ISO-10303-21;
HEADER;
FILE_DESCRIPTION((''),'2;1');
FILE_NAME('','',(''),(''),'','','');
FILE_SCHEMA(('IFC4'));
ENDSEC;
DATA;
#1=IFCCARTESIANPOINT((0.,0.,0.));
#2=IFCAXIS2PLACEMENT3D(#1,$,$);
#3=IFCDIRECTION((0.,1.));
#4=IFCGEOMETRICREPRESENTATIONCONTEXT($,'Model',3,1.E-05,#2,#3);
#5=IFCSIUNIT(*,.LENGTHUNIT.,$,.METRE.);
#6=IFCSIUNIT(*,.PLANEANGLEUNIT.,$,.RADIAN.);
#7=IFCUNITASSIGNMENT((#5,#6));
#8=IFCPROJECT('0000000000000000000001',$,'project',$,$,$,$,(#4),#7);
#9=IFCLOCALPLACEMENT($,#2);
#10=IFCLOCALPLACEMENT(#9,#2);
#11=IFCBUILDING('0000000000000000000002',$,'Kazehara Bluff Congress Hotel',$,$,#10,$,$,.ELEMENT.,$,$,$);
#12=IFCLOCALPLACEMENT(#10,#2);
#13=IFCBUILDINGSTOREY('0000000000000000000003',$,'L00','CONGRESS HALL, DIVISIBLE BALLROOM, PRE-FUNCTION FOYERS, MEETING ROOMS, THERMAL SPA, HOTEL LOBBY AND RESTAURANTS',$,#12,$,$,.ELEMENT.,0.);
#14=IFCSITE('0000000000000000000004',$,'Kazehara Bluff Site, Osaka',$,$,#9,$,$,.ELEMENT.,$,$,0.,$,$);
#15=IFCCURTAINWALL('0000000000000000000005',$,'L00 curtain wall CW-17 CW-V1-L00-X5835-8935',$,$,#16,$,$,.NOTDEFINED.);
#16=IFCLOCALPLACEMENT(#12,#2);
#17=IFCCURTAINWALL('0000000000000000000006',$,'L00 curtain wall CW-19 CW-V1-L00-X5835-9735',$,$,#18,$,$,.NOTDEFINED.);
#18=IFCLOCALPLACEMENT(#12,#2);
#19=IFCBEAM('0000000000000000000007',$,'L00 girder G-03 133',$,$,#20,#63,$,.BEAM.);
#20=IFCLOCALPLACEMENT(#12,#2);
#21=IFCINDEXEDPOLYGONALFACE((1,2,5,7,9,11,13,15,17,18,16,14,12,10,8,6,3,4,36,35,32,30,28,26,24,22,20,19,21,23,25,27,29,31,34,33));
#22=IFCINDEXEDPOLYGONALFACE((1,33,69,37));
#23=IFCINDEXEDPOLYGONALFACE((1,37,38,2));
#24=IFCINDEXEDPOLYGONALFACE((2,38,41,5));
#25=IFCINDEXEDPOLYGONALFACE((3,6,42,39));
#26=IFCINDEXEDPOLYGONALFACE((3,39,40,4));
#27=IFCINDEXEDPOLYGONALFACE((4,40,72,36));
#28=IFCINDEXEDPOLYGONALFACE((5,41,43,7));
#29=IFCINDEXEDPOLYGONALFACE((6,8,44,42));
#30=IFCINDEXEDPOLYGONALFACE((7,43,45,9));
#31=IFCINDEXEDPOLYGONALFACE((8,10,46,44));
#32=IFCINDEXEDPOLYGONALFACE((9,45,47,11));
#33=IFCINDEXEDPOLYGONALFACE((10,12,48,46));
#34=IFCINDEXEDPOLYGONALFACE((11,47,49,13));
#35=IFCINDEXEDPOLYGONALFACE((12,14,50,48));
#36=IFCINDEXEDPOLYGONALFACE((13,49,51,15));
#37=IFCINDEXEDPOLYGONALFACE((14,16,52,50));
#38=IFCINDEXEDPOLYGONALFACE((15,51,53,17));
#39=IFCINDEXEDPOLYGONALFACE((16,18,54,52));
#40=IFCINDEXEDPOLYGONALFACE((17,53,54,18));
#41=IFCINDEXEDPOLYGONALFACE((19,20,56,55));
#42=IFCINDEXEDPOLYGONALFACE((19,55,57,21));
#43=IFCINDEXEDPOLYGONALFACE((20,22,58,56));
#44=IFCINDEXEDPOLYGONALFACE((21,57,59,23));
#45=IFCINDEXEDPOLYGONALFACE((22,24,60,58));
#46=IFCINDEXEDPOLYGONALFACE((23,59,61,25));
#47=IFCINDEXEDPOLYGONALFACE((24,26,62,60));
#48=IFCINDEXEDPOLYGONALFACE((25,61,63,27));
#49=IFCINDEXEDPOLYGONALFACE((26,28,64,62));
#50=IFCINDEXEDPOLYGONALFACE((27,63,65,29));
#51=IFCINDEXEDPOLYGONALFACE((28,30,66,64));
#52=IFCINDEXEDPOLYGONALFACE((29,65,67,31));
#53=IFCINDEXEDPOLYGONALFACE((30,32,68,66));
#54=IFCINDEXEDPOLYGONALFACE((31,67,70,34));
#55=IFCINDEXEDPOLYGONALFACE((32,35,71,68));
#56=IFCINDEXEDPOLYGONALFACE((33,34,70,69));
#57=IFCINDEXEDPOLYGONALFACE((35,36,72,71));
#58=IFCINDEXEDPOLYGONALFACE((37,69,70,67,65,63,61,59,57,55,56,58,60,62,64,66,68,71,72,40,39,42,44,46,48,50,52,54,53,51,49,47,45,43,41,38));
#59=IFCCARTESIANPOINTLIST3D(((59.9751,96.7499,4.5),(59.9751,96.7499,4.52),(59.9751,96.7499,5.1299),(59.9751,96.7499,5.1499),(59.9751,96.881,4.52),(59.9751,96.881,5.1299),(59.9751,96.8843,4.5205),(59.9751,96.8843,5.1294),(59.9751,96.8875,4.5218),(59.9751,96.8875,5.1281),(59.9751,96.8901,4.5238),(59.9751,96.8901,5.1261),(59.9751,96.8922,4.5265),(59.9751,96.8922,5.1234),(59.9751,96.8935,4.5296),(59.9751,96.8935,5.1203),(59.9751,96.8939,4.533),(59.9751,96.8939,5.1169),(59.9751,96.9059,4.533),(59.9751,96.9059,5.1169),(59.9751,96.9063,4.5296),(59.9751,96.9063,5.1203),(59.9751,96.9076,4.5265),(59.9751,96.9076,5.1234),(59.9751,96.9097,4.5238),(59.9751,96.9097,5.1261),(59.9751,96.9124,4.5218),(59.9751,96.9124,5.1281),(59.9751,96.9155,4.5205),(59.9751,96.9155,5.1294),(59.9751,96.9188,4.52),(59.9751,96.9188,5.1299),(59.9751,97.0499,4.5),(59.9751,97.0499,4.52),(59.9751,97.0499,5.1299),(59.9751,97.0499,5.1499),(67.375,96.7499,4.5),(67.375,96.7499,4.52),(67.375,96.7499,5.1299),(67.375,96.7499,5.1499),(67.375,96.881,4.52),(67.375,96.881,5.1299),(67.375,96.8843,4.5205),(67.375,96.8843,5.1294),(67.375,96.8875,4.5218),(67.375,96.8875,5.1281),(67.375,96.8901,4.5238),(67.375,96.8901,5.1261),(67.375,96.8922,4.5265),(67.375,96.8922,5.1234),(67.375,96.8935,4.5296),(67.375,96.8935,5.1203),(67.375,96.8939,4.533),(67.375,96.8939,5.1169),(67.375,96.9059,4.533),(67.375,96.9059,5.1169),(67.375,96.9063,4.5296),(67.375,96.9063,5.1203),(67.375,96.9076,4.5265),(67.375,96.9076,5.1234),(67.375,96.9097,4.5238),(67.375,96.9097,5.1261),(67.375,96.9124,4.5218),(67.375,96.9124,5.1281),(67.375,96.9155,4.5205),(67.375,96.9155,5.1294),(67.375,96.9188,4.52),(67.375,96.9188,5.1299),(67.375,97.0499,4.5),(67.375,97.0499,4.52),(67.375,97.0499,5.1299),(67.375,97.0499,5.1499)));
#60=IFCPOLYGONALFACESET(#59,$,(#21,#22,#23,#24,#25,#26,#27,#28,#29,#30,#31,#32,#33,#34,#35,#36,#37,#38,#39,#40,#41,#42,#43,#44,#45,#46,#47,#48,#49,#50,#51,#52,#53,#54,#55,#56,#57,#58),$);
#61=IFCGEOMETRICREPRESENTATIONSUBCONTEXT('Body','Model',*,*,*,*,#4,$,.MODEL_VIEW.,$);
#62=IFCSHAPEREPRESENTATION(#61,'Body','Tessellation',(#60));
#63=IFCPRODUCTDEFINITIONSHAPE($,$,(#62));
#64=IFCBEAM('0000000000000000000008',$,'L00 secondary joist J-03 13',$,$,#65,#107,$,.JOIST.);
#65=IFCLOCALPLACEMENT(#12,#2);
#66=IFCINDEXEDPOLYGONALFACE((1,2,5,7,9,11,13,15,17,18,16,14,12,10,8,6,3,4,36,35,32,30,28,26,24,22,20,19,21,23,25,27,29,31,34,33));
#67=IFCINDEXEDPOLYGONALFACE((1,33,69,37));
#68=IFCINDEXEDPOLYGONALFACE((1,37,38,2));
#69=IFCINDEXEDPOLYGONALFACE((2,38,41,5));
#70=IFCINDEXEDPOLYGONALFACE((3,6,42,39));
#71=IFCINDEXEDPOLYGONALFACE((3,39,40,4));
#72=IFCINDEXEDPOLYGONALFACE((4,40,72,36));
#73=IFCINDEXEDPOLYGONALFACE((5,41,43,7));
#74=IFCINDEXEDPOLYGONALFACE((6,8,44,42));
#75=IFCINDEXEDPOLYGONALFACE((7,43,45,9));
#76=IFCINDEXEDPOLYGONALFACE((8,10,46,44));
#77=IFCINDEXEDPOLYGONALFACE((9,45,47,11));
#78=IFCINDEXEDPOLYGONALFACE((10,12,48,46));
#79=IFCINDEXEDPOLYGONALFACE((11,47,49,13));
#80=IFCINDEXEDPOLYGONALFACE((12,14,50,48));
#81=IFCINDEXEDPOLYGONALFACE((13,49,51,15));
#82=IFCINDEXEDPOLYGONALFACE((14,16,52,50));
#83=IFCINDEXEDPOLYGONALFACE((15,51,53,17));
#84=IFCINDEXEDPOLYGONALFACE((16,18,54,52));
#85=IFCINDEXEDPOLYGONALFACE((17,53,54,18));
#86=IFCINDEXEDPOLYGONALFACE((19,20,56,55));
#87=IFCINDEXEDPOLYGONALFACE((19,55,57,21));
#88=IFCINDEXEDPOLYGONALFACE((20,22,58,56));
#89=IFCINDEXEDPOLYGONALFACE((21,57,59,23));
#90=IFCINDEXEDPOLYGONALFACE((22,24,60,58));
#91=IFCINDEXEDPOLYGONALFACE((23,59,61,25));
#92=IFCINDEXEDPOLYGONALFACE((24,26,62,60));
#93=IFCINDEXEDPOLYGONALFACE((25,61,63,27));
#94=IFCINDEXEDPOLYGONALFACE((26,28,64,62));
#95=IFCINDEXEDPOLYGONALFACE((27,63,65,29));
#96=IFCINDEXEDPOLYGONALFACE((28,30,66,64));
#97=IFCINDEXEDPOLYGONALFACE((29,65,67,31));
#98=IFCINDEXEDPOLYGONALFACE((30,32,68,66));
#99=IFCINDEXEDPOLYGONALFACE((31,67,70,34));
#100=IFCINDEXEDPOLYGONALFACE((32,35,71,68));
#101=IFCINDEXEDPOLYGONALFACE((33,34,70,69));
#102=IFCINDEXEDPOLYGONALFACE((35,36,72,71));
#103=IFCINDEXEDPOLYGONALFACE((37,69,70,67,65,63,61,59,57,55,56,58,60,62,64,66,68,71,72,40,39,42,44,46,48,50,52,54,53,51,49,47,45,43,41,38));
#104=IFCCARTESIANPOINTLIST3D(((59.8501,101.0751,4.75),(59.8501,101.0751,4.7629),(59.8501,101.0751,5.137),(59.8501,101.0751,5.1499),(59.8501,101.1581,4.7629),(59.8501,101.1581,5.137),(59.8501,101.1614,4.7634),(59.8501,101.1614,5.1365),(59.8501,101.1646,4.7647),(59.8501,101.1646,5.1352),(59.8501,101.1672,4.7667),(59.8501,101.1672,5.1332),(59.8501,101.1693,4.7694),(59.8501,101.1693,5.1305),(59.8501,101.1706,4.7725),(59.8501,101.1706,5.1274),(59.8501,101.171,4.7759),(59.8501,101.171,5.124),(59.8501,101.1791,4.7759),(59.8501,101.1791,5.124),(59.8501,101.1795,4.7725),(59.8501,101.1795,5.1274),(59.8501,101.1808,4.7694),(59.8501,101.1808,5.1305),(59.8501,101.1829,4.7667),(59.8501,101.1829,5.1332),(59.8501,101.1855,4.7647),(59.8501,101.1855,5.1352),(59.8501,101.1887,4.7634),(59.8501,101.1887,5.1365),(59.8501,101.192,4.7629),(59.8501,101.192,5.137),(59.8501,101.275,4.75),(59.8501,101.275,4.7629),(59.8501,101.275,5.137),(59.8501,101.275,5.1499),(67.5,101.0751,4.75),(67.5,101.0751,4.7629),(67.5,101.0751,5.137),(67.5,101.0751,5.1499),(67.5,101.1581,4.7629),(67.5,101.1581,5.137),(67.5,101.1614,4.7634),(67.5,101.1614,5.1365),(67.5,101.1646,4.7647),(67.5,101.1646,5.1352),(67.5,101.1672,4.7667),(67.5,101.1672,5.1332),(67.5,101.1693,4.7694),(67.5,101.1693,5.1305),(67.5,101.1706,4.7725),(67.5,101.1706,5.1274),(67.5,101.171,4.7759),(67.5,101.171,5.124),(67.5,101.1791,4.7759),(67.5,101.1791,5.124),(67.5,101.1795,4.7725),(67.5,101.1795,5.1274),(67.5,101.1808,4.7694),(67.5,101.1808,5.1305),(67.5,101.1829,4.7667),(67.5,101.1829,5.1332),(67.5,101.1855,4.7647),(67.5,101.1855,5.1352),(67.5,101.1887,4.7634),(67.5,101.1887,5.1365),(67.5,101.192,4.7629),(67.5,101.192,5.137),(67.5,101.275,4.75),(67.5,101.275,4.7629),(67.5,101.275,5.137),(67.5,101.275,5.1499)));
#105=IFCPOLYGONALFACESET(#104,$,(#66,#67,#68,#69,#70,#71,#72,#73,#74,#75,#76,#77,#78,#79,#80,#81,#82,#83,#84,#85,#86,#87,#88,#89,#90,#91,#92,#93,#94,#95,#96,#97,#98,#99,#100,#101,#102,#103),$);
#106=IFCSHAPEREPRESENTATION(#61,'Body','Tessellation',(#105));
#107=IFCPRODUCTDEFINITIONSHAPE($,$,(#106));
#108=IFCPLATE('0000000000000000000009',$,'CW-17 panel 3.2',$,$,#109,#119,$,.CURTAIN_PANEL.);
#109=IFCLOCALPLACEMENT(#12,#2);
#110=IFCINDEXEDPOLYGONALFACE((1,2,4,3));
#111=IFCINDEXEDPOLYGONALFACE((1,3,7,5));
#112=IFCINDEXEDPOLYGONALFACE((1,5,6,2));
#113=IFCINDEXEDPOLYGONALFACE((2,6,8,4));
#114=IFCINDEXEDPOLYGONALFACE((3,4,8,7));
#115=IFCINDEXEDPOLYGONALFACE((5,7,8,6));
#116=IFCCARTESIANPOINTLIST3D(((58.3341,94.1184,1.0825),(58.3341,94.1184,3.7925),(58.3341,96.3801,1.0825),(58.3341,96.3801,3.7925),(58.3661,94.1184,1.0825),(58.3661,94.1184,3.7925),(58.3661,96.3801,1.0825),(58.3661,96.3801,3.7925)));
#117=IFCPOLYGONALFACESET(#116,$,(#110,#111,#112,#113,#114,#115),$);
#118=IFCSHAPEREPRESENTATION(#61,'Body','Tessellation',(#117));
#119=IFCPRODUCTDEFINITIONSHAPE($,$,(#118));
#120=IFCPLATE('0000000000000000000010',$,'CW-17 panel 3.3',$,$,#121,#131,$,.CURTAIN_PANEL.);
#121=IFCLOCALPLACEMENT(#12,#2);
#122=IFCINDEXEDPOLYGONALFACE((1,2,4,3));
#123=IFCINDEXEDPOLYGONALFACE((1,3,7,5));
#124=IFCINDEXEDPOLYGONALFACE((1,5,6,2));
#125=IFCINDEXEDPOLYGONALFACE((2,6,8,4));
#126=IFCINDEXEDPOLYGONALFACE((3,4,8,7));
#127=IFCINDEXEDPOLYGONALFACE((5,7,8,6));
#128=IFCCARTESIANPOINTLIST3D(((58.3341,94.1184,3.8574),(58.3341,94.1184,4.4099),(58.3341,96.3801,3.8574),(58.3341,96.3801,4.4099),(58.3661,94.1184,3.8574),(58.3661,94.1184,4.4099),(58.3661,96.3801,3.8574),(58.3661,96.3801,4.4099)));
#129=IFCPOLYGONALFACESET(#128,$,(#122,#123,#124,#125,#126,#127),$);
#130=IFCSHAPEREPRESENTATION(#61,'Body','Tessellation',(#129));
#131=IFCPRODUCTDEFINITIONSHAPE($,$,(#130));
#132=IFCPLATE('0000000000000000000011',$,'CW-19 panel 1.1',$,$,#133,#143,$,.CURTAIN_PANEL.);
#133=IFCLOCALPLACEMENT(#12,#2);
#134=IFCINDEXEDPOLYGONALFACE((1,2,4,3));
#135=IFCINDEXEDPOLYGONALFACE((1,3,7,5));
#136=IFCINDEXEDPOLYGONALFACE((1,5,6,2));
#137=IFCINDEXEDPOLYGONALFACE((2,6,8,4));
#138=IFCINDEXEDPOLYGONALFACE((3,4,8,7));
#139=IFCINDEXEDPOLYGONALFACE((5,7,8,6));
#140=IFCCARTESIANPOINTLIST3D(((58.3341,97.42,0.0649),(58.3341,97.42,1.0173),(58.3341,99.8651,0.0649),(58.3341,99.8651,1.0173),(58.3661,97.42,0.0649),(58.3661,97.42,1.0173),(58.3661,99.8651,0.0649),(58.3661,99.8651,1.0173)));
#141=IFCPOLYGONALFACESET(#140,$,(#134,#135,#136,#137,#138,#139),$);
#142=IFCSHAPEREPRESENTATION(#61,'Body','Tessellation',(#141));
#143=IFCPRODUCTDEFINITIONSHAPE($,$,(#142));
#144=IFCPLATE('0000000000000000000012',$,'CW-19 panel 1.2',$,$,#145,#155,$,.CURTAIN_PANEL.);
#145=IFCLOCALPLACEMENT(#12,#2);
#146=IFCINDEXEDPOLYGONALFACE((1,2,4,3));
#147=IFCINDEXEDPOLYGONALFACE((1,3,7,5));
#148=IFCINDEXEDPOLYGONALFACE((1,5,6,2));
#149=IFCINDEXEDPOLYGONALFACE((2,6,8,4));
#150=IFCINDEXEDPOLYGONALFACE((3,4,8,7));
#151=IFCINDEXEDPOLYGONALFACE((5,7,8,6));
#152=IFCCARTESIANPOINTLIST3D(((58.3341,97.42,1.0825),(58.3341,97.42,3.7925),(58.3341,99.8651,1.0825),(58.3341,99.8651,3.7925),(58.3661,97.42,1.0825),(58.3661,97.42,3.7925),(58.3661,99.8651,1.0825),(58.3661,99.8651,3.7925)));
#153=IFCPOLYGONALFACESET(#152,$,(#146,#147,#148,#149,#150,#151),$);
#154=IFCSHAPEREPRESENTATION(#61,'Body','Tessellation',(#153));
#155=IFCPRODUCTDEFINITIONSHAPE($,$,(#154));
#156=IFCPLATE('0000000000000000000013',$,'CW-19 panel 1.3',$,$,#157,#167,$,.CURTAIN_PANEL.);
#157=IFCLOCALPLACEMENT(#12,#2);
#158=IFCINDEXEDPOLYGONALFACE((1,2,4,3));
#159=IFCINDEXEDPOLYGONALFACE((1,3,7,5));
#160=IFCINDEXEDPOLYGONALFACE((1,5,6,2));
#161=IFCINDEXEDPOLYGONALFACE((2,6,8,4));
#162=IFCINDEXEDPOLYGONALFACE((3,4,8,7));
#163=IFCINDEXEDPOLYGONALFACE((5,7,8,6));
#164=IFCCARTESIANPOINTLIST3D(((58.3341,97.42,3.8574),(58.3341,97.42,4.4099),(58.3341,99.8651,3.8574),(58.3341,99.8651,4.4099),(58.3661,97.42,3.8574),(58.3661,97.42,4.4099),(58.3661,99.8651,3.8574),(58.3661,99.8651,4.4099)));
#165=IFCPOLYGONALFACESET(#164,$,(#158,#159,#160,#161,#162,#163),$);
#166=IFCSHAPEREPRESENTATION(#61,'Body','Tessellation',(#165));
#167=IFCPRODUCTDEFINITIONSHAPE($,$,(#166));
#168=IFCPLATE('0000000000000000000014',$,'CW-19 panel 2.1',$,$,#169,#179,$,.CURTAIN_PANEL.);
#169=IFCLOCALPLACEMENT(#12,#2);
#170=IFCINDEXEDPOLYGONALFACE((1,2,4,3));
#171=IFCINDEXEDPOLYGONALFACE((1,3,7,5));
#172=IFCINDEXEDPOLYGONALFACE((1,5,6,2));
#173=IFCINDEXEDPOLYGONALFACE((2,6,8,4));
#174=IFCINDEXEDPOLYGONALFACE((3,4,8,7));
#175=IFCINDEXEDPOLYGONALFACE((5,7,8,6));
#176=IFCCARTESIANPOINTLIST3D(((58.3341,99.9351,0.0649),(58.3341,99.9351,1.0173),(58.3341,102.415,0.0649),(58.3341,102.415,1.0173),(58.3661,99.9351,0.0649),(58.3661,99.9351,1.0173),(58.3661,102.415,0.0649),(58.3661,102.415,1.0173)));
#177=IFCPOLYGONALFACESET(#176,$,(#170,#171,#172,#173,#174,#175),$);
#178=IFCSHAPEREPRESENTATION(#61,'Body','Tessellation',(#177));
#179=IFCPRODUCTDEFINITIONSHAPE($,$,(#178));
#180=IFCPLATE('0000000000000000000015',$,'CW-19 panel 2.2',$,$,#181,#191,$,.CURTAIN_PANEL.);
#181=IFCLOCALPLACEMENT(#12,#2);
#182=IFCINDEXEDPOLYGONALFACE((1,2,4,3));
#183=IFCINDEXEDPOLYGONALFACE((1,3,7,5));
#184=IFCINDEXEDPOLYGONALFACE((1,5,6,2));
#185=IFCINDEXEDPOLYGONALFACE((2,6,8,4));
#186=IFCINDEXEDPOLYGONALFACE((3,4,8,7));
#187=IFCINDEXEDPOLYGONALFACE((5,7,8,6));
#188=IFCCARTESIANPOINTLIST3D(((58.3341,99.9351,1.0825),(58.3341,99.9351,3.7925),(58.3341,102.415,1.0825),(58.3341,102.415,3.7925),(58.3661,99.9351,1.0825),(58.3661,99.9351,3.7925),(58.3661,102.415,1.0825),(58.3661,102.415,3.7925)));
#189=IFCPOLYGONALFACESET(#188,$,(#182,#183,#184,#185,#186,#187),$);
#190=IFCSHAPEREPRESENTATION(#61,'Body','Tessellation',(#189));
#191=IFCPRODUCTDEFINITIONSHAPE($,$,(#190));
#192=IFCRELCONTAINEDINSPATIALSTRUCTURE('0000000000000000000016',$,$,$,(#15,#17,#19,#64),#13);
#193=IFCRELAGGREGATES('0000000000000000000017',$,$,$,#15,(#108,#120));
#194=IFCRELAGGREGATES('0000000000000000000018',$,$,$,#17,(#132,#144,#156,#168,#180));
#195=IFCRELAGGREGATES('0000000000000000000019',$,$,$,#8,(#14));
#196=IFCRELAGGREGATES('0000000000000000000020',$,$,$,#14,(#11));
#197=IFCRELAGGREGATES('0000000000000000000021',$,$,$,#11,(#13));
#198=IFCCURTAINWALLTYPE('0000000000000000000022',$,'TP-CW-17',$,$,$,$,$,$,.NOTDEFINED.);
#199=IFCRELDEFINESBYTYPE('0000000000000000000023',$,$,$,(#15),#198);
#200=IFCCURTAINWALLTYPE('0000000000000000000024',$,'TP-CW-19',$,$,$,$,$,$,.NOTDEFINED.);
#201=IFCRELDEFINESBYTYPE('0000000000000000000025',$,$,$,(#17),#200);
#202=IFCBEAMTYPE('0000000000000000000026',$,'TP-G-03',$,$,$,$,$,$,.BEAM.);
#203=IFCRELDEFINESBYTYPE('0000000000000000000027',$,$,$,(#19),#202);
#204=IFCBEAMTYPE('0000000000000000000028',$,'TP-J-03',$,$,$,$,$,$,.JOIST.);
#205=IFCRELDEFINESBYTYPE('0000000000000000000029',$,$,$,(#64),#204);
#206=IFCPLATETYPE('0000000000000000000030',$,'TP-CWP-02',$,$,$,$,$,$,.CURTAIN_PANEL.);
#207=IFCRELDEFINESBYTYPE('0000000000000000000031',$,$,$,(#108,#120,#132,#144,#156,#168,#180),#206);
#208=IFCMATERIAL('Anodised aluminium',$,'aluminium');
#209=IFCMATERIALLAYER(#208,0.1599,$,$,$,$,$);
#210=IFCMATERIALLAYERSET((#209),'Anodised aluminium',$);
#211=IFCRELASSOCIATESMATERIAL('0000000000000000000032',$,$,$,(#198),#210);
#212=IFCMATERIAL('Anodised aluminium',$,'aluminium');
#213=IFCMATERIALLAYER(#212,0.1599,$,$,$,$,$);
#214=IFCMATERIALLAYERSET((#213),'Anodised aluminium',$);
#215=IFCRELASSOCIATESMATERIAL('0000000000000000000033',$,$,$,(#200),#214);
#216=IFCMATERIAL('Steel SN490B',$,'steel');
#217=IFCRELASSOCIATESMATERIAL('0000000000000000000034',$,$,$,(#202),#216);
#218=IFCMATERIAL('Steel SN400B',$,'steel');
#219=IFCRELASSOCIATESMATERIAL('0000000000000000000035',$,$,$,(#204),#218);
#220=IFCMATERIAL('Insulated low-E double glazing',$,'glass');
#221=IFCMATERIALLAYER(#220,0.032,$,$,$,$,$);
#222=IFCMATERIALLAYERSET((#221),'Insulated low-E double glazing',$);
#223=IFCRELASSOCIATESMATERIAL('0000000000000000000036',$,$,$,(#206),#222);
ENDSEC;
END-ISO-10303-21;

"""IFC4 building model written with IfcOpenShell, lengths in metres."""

from ifc_helpers import new_model, si_unit, direction, frame, origin, origin_2d, place, context, subcontext, project, spatial, rectangle, i_section, extrude, material, layer, layer_set, material_profile, profile_set, type_object, element, aggregate, save


model = new_model("IFC4")

# Units and contexts
model_context = context("Model", 3, precision=1e-05, world=origin(), true_north=direction((0.0, 1.0)))
body_context = subcontext(model_context, "Body", "Model", "MODEL_VIEW")
ifc_project = project(units=[si_unit("LENGTHUNIT", "METRE"), si_unit("PLANEANGLEUNIT", "RADIAN")], contexts=[model_context])

# Site, building, storey
site_placement = place(None, origin())
site = spatial("IfcSite", under=ifc_project, at=site_placement, Name="Kazehara Bluff Site, Osaka", CompositionType="ELEMENT", RefElevation=0.0)
building_placement = place(site_placement, origin())
building = spatial("IfcBuilding", under=site, at=building_placement, Name="Kazehara Bluff Congress Hotel", CompositionType="ELEMENT")
storey_placement = place(building_placement, origin())
storey = spatial("IfcBuildingStorey", under=building, at=storey_placement, Name="L00", Description="CONGRESS HALL, DIVISIBLE BALLROOM, PRE-FUNCTION FOYERS, MEETING ROOMS, THERMAL SPA, HOTEL LOBBY AND RESTAURANTS", CompositionType="ELEMENT", Elevation=0.0)

# Curtain wall
ifc_material_1 = material(Name="Anodised aluminium", Category="aluminium")
ifc_layer_1 = layer(ifc_material_1, 0.1599)
ifc_layer_set_1 = layer_set([ifc_layer_1], Name="Anodised aluminium")
curtain_wall_type_1 = type_object("IfcCurtainWallType", Name="TP-CW-17", PredefinedType="NOTDEFINED", material=ifc_layer_set_1)
curtain_wall_1_placement = place(storey_placement, origin())
curtain_wall_1 = element("IfcCurtainWall", 1, at=curtain_wall_1_placement, inside=storey, type_object=curtain_wall_type_1, Name="L00 curtain wall CW-17 CW-V1-L00-X5835-8935", PredefinedType="NOTDEFINED")

# Curtain wall
ifc_material_2 = material(Name="Anodised aluminium", Category="aluminium")
ifc_layer_2 = layer(ifc_material_2, 0.1599)
ifc_layer_set_2 = layer_set([ifc_layer_2], Name="Anodised aluminium")
curtain_wall_type_2 = type_object("IfcCurtainWallType", Name="TP-CW-19", PredefinedType="NOTDEFINED", material=ifc_layer_set_2)
curtain_wall_2_placement = place(storey_placement, origin())
curtain_wall_2 = element("IfcCurtainWall", 2, at=curtain_wall_2_placement, inside=storey, type_object=curtain_wall_type_2, Name="L00 curtain wall CW-19 CW-V1-L00-X5835-9735", PredefinedType="NOTDEFINED")

# Beams
ifc_material_3 = material(Name="Steel SN490B", Category="steel")
ifc_material_profile_1 = material_profile(ifc_material_3, i_section(OverallWidth=0.3, OverallDepth=0.6499, WebThickness=0.012, FlangeThickness=0.02, FilletRadius=0.0129, at=origin_2d()))
ifc_profile_set_1 = profile_set([ifc_material_profile_1], Name="Steel SN490B")
beam_type_1 = type_object("IfcBeamType", Name="TP-G-03", PredefinedType="BEAM", material=ifc_profile_set_1)
beam_1_placement = place(storey_placement, frame((59.9751, 96.8999, 4.825), z_axis=(1.0, 0.0, 0.0), x_axis=(0.0, 1.0, 0.0)))
element("IfcBeam", 3, at=beam_1_placement, inside=storey, type_object=beam_type_1, Name="L00 girder G-03 133", PredefinedType="BEAM", context=body_context, shape_type="SweptSolid", body=[
    extrude(i_section(OverallWidth=0.3, OverallDepth=0.6499, WebThickness=0.012, FlangeThickness=0.02, FilletRadius=0.0129, at=origin_2d()), origin(), (0.0, 0.0, 1.0), 7.3999),
])
ifc_material_4 = material(Name="Steel SN400B", Category="steel")
ifc_material_profile_2 = material_profile(ifc_material_4, i_section(OverallWidth=0.2, OverallDepth=0.3999, WebThickness=0.0081, FlangeThickness=0.0129, FilletRadius=0.0129, at=origin_2d()))
ifc_profile_set_2 = profile_set([ifc_material_profile_2], Name="Steel SN400B")
beam_type_2 = type_object("IfcBeamType", Name="TP-J-03", PredefinedType="JOIST", material=ifc_profile_set_2)
beam_2_placement = place(storey_placement, frame((59.8501, 101.175, 4.95), z_axis=(1.0, 0.0, 0.0), x_axis=(0.0, 1.0, 0.0)))
element("IfcBeam", 4, at=beam_2_placement, inside=storey, type_object=beam_type_2, Name="L00 secondary joist J-03 13", PredefinedType="JOIST", context=body_context, shape_type="SweptSolid", body=[
    extrude(i_section(OverallWidth=0.2, OverallDepth=0.3999, WebThickness=0.0081, FlangeThickness=0.0129, FilletRadius=0.0129, at=origin_2d()), origin(), (0.0, 0.0, 1.0), 7.6499),
])

# Plates
ifc_material_5 = material(Name="Insulated low-E double glazing", Category="glass")
ifc_layer_3 = layer(ifc_material_5, 0.032)
ifc_layer_set_3 = layer_set([ifc_layer_3], Name="Insulated low-E double glazing")
plate_type = type_object("IfcPlateType", Name="TP-CWP-02", PredefinedType="CURTAIN_PANEL", material=ifc_layer_set_3)
plate_1_placement = place(storey_placement, frame((58.3501, 95.2493, 1.0825), z_axis=(0.0, 0.0, 1.0), x_axis=(0.0, 1.0, 0.0)))
plate_1 = element("IfcPlate", 5, at=plate_1_placement, type_object=plate_type, Name="CW-17 panel 3.2", PredefinedType="CURTAIN_PANEL", context=body_context, shape_type="SweptSolid", body=[
    extrude(rectangle(XDim=2.2617, YDim=0.032, at=origin_2d()), origin(), (0.0, 0.0, 1.0), 2.71),
])
plate_2_placement = place(storey_placement, frame((58.3501, 95.2493, 3.8574), z_axis=(0.0, 0.0, 1.0), x_axis=(0.0, 1.0, 0.0)))
plate_2 = element("IfcPlate", 6, at=plate_2_placement, type_object=plate_type, Name="CW-17 panel 3.3", PredefinedType="CURTAIN_PANEL", context=body_context, shape_type="SweptSolid", body=[
    extrude(rectangle(XDim=2.2617, YDim=0.032, at=origin_2d()), origin(), (0.0, 0.0, 1.0), 0.5525),
])
aggregate(curtain_wall_1, [plate_1, plate_2])
plate_3_placement = place(storey_placement, frame((58.3501, 98.6426, 0.0649), z_axis=(0.0, 0.0, 1.0), x_axis=(0.0, 1.0, 0.0)))
plate_3 = element("IfcPlate", 7, at=plate_3_placement, type_object=plate_type, Name="CW-19 panel 1.1", PredefinedType="CURTAIN_PANEL", context=body_context, shape_type="SweptSolid", body=[
    extrude(rectangle(XDim=2.4451, YDim=0.032, at=origin_2d()), origin(), (0.0, 0.0, 1.0), 0.9524),
])
plate_4_placement = place(storey_placement, frame((58.3501, 98.6426, 1.0825), z_axis=(0.0, 0.0, 1.0), x_axis=(0.0, 1.0, 0.0)))
plate_4 = element("IfcPlate", 8, at=plate_4_placement, type_object=plate_type, Name="CW-19 panel 1.2", PredefinedType="CURTAIN_PANEL", context=body_context, shape_type="SweptSolid", body=[
    extrude(rectangle(XDim=2.4451, YDim=0.032, at=origin_2d()), origin(), (0.0, 0.0, 1.0), 2.71),
])
plate_5_placement = place(storey_placement, frame((58.3501, 98.6426, 3.8574), z_axis=(0.0, 0.0, 1.0), x_axis=(0.0, 1.0, 0.0)))
plate_5 = element("IfcPlate", 9, at=plate_5_placement, type_object=plate_type, Name="CW-19 panel 1.3", PredefinedType="CURTAIN_PANEL", context=body_context, shape_type="SweptSolid", body=[
    extrude(rectangle(XDim=2.4451, YDim=0.032, at=origin_2d()), origin(), (0.0, 0.0, 1.0), 0.5525),
])
plate_6_placement = place(storey_placement, frame((58.3501, 101.175, 0.0649), z_axis=(0.0, 0.0, 1.0), x_axis=(0.0, 1.0, 0.0)))
plate_6 = element("IfcPlate", 10, at=plate_6_placement, type_object=plate_type, Name="CW-19 panel 2.1", PredefinedType="CURTAIN_PANEL", context=body_context, shape_type="SweptSolid", body=[
    extrude(rectangle(XDim=2.48, YDim=0.032, at=origin_2d()), origin(), (0.0, 0.0, 1.0), 0.9524),
])
plate_7_placement = place(storey_placement, frame((58.3501, 101.175, 1.0825), z_axis=(0.0, 0.0, 1.0), x_axis=(0.0, 1.0, 0.0)))
plate_7 = element("IfcPlate", 11, at=plate_7_placement, type_object=plate_type, Name="CW-19 panel 2.2", PredefinedType="CURTAIN_PANEL", context=body_context, shape_type="SweptSolid", body=[
    extrude(rectangle(XDim=2.48, YDim=0.032, at=origin_2d()), origin(), (0.0, 0.0, 1.0), 2.71),
])
aggregate(curtain_wall_2, [plate_3, plate_4, plate_5, plate_6, plate_7])

save(model, "model.ifc")
